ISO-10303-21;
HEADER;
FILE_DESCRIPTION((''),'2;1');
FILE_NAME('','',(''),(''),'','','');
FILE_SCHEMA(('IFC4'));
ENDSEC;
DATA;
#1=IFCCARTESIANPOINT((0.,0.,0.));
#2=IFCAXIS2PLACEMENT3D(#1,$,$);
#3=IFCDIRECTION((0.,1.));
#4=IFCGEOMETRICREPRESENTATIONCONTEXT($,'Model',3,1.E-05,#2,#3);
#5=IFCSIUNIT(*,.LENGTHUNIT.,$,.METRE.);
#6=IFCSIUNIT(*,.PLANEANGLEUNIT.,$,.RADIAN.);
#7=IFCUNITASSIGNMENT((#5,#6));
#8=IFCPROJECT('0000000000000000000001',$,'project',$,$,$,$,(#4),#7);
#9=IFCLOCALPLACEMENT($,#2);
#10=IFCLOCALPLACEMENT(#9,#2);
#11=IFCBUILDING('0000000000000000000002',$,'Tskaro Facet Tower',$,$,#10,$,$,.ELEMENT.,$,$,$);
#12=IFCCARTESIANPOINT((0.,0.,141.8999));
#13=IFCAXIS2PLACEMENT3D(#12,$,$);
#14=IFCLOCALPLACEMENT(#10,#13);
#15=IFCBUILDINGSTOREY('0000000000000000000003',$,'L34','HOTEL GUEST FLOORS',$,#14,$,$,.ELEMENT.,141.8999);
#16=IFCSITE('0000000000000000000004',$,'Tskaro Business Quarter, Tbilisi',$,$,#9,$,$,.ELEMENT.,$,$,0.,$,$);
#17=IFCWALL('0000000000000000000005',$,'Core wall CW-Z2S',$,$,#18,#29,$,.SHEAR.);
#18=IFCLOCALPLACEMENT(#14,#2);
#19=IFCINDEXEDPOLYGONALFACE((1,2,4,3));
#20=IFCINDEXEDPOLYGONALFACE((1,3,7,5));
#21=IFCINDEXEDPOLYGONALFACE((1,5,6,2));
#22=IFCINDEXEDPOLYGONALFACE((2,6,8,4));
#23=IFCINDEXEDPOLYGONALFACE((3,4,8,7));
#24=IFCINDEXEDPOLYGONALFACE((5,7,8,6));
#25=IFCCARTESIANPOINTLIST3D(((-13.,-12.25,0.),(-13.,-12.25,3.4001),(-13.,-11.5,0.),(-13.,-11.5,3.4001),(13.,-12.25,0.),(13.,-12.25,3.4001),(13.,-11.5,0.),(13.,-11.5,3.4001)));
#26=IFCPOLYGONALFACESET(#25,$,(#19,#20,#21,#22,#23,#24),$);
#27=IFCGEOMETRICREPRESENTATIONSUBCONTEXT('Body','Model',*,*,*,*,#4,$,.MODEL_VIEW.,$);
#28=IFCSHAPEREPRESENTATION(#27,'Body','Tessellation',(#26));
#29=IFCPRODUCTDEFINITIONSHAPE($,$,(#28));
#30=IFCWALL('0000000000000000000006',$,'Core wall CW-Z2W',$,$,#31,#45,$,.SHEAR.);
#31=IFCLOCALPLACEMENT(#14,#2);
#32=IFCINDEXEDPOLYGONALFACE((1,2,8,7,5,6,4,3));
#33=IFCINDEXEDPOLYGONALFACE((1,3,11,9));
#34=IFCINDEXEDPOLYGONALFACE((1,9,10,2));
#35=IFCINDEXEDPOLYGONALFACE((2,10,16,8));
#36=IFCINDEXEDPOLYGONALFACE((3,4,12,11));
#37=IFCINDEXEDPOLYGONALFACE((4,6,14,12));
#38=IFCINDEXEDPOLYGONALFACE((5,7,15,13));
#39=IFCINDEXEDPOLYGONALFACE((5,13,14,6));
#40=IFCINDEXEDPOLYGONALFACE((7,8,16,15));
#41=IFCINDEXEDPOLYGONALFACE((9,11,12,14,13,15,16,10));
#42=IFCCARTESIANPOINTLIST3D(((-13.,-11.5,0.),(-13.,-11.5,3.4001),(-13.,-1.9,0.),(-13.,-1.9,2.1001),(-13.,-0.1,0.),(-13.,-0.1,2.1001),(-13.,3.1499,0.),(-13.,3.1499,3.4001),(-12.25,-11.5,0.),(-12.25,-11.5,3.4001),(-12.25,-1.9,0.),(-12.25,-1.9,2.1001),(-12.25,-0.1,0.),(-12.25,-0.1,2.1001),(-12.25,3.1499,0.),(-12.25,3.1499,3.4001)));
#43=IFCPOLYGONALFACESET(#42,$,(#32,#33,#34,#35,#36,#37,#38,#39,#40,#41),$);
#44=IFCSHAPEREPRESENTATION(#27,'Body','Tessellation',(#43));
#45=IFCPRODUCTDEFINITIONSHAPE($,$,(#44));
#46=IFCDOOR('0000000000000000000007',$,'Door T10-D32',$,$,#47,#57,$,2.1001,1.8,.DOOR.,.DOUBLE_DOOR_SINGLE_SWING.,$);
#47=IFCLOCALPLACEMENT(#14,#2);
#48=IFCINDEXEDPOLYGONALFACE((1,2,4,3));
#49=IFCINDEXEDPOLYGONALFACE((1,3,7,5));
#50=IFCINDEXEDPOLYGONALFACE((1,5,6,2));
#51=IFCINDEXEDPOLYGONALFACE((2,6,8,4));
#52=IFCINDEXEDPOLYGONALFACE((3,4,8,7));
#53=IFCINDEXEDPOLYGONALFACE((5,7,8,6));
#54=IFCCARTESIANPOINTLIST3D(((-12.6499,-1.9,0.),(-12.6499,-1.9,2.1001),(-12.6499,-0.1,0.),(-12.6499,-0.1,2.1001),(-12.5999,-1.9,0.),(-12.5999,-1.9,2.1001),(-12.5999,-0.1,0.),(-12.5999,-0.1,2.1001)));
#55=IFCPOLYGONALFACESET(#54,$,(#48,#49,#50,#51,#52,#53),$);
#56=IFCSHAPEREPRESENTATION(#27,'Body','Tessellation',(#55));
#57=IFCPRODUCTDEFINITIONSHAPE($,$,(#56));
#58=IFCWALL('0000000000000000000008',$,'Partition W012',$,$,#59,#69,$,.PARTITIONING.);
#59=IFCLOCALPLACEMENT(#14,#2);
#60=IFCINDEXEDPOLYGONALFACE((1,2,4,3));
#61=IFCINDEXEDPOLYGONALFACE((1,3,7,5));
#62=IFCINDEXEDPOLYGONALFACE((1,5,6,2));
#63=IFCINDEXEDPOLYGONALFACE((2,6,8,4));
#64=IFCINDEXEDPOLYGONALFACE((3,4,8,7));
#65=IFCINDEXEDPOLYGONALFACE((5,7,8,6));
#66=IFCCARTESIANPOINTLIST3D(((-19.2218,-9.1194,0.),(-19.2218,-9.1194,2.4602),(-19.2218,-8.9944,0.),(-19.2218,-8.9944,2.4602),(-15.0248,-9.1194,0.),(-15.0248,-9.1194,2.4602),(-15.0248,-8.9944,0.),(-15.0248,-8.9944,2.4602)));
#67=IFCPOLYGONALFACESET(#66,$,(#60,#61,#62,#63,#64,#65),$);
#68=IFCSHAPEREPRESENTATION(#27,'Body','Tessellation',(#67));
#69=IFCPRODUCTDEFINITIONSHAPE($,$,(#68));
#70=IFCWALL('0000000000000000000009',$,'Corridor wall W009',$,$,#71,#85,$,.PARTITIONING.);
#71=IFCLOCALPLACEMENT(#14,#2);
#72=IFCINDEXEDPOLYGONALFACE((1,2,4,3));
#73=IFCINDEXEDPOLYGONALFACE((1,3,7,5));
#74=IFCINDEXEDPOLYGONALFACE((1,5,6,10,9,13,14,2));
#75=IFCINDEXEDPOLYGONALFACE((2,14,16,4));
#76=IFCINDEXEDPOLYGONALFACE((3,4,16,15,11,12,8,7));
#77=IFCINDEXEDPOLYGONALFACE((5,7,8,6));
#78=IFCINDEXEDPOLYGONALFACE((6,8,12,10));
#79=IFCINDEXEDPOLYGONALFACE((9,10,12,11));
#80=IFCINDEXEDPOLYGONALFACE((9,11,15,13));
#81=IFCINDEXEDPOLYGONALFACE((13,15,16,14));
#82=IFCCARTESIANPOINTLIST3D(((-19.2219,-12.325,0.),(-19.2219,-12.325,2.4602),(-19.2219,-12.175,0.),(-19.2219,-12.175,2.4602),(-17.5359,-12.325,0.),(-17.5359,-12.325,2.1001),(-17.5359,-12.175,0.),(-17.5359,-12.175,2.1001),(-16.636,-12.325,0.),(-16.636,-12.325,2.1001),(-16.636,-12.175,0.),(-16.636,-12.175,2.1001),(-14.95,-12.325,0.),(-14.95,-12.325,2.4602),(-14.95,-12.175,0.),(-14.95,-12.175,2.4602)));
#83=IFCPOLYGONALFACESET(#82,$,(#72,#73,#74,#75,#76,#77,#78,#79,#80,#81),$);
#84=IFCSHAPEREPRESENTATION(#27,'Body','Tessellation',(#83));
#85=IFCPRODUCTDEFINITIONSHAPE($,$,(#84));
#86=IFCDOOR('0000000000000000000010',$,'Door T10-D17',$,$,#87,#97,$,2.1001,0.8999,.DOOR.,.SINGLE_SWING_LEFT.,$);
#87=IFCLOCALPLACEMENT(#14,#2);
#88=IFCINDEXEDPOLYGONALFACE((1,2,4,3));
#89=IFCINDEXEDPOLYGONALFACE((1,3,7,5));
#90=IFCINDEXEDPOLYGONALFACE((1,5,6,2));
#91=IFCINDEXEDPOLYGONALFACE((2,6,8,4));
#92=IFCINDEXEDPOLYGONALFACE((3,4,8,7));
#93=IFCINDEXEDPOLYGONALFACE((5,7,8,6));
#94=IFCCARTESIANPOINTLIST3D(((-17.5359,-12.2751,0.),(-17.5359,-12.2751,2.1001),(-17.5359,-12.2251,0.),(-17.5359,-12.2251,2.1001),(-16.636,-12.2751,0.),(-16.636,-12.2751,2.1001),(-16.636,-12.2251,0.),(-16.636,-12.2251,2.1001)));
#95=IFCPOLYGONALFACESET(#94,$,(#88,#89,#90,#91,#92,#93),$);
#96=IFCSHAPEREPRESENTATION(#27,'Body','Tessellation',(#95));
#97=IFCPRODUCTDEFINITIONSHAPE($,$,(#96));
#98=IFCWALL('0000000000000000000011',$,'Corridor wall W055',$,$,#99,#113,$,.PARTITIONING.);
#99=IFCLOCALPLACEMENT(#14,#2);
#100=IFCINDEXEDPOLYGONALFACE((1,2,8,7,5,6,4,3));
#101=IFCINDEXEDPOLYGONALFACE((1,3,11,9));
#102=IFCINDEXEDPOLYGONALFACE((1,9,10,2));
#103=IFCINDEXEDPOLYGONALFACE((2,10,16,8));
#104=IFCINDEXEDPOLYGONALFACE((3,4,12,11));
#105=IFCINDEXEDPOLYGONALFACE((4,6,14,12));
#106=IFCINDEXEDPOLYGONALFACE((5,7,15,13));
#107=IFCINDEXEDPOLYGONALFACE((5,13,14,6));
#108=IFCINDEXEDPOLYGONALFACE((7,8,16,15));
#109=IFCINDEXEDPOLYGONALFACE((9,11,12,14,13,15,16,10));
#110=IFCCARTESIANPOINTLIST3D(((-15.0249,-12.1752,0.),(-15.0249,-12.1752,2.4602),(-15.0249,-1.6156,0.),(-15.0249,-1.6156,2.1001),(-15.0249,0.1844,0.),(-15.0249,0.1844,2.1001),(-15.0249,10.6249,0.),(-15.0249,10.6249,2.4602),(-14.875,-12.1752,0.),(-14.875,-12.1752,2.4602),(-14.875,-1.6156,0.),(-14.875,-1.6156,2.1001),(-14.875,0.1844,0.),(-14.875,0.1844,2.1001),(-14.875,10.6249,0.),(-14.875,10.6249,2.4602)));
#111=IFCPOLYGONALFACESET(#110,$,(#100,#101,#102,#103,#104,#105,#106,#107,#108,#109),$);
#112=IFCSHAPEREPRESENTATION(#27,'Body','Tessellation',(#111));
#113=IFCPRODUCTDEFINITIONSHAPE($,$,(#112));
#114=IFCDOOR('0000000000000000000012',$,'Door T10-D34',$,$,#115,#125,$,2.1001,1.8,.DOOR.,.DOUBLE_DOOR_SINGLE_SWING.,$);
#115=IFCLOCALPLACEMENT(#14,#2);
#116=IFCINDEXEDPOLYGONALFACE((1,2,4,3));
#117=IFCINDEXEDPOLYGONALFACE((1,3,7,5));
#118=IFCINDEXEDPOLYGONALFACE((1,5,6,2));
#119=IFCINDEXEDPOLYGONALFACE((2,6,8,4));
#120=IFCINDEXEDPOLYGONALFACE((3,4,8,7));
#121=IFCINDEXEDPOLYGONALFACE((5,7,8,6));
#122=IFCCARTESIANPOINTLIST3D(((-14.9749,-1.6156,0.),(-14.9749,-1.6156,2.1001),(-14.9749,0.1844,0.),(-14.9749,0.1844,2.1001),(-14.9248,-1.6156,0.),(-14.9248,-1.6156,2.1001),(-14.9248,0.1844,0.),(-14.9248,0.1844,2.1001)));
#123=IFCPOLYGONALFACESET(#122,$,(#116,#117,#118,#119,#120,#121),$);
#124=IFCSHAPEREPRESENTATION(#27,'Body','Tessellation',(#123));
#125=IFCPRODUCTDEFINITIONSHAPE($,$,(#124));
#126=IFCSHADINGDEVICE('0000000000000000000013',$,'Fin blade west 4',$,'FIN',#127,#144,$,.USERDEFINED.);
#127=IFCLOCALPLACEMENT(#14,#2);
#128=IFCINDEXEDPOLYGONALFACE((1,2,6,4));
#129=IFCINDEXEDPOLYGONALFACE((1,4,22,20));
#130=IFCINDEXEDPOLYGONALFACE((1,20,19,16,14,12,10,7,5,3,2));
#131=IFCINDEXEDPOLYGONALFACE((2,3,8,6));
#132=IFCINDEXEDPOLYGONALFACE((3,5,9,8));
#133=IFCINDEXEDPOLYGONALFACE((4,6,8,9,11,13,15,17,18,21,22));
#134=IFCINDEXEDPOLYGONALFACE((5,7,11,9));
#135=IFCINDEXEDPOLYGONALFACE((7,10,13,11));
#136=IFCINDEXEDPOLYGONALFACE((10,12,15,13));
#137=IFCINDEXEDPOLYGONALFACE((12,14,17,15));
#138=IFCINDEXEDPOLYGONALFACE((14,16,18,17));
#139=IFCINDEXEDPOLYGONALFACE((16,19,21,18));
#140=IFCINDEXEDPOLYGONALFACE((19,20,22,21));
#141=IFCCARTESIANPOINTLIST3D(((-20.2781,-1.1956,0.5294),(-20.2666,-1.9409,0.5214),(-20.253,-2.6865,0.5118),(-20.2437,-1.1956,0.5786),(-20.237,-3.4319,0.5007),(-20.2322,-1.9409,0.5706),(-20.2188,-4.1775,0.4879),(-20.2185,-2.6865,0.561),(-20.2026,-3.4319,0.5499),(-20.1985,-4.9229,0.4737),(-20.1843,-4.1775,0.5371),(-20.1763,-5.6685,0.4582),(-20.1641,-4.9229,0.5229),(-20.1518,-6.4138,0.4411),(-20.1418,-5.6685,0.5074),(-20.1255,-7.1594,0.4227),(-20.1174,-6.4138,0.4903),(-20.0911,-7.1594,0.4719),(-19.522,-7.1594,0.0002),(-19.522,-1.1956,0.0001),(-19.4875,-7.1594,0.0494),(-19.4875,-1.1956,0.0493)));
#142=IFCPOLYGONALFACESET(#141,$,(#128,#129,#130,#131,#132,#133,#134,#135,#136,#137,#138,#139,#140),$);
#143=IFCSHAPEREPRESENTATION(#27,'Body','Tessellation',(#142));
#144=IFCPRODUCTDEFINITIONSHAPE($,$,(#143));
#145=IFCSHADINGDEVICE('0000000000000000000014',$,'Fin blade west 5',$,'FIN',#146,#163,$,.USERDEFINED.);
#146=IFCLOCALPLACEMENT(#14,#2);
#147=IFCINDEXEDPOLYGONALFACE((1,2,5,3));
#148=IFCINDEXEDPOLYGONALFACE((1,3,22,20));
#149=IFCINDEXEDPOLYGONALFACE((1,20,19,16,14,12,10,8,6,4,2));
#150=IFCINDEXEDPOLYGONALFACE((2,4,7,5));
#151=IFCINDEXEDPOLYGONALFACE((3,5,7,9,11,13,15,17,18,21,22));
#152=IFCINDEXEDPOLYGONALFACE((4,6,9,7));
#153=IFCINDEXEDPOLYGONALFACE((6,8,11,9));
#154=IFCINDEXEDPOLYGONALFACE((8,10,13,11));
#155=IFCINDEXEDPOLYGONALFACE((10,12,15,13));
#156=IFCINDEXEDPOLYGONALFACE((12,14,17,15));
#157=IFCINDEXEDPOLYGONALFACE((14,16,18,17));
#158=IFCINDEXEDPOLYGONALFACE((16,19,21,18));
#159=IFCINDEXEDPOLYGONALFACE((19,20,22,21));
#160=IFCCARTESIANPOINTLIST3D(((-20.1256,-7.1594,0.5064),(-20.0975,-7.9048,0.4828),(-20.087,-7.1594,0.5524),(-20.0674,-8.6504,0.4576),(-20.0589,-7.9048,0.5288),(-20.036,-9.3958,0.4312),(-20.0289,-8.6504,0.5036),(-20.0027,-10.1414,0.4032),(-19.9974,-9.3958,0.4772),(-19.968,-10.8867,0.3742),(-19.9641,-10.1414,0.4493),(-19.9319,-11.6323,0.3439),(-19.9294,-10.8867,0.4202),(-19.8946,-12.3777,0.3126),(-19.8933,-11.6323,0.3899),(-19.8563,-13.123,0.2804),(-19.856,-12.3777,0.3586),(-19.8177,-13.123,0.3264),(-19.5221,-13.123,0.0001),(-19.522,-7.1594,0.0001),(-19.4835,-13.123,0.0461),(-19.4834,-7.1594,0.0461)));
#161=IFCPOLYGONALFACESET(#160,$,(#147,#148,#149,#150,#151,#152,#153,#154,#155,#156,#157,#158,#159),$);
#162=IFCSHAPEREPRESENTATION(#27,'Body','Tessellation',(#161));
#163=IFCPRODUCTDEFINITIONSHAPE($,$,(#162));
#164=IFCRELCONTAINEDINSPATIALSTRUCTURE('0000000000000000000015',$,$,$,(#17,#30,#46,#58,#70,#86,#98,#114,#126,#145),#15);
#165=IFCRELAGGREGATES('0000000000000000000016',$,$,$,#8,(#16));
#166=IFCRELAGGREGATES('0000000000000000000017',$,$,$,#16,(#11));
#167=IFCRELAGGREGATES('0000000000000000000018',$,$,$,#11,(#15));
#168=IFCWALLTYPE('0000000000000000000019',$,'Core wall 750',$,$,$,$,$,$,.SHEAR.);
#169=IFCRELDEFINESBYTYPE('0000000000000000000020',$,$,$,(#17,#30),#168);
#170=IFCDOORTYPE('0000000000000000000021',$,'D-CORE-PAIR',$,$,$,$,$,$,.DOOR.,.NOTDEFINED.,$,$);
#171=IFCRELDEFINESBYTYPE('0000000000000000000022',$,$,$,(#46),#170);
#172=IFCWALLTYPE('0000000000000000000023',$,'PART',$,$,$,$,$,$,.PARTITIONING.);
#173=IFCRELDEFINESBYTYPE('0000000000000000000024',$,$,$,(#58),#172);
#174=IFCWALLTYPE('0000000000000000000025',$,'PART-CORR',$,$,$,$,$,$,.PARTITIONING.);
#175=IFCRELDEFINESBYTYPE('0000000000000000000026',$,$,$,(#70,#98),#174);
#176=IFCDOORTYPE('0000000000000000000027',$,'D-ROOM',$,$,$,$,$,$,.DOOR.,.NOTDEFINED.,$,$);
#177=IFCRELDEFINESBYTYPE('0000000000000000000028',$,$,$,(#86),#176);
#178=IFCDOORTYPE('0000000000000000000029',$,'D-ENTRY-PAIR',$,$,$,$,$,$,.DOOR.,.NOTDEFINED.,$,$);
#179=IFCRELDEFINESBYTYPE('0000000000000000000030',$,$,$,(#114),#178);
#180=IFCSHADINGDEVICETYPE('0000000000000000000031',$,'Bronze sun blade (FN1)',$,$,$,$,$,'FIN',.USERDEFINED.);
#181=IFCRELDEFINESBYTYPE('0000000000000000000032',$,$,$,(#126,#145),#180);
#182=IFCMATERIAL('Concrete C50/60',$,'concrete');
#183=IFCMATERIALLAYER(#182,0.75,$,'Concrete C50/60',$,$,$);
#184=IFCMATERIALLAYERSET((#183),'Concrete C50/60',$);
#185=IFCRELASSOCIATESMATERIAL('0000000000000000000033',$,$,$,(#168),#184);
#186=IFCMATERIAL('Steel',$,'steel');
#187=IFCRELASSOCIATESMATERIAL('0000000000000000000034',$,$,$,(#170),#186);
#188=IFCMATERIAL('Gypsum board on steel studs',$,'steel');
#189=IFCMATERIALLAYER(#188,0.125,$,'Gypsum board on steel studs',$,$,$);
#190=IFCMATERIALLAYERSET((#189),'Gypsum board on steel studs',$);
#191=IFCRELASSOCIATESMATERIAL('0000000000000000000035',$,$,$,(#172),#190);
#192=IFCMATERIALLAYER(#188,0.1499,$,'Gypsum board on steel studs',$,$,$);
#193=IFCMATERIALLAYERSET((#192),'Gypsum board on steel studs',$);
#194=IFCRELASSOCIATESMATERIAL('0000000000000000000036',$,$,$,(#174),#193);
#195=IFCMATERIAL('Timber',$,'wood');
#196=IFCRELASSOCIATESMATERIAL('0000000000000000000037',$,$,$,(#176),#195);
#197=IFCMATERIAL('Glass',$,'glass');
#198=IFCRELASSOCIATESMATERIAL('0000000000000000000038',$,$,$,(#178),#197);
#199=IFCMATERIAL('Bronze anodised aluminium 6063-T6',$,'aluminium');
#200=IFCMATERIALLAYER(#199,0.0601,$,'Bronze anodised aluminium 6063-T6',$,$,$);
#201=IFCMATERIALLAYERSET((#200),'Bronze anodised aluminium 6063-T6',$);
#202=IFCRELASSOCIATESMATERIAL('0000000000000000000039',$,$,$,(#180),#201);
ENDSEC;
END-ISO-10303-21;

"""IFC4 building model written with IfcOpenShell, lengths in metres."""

from ifc_helpers import new_model, si_unit, direction, frame, frame_2d, origin, place, context, subcontext, project, spatial, polyline, rectangle, outline, extrude, material, layer, layer_set, type_object, element, fill, save


model = new_model("IFC4")

# Units and contexts
model_context = context("Model", 3, precision=1e-05, world=origin(), true_north=direction((0.0, 1.0)))
body_context = subcontext(model_context, "Body", "Model", "MODEL_VIEW")
ifc_project = project(units=[si_unit("LENGTHUNIT", "METRE"), si_unit("PLANEANGLEUNIT", "RADIAN")], contexts=[model_context])

# Site, building, storey
site_placement = place(None, origin())
site = spatial("IfcSite", under=ifc_project, at=site_placement, Name="Tskaro Business Quarter, Tbilisi", CompositionType="ELEMENT", RefElevation=0.0)
building_placement = place(site_placement, origin())
building = spatial("IfcBuilding", under=site, at=building_placement, Name="Tskaro Facet Tower", CompositionType="ELEMENT")
storey_placement = place(building_placement, frame((0.0, 0.0, 141.8999)))
storey = spatial("IfcBuildingStorey", under=building, at=storey_placement, Name="L34", Description="HOTEL GUEST FLOORS", CompositionType="ELEMENT", Elevation=141.8999)

# Shared definitions
ifc_material_1 = material(Name="Bronze anodised aluminium 6063-T6", Category="aluminium")

# Wall
ifc_material_2 = material(Name="Concrete C50/60", Category="concrete")
ifc_layer_1 = layer(ifc_material_2, 0.75, Name="Concrete C50/60")
ifc_layer_set_1 = layer_set([ifc_layer_1], Name="Concrete C50/60")
wall_type_1 = type_object("IfcWallType", Name="Core wall 750", PredefinedType="SHEAR", material=ifc_layer_set_1)
wall_1_placement = place(storey_placement, frame((-13.0, -11.875, 0.0), z_axis=(0.0, 0.0, 1.0), x_axis=(1.0, 0.0, 0.0)))
element("IfcWall", 1, at=wall_1_placement, inside=storey, type_object=wall_type_1, Name="Core wall CW-Z2S", PredefinedType="SHEAR", context=body_context, shape_type="SweptSolid", body=[
    extrude(rectangle(XDim=26.0, YDim=0.75, at=frame_2d((13.0, 0.0))), origin(), (0.0, 0.0, 1.0), 3.4001),
])

# Wall, opening, door
wall_2_placement = place(storey_placement, frame((-12.625, -11.5, 0.0), z_axis=(0.0, 0.0, 1.0), x_axis=(0.0, 1.0, 0.0)))
wall_2 = element("IfcWall", 2, at=wall_2_placement, inside=storey, type_object=wall_type_1, Name="Core wall CW-Z2W", PredefinedType="SHEAR", context=body_context, shape_type="SweptSolid", body=[
    extrude(rectangle(XDim=14.6499, YDim=0.75, at=frame_2d((7.325, 0.0))), origin(), (0.0, 0.0, 1.0), 3.4001),
])
opening_1_placement = place(wall_2_placement, frame((9.6001, 0.0, 0.0)))
opening_1 = element("IfcOpeningElement", 3, at=opening_1_placement, cuts=wall_2, PredefinedType="OPENING", context=body_context, shape_type="SweptSolid", body=[
    extrude(rectangle(XDim=1.8, YDim=2.1001, at=frame_2d((0.8999, 1.05))), frame((0.0, 0.385, 0.0), z_axis=(0.0, -1.0, 0.0), x_axis=(1.0, 0.0, 0.0)), (0.0, 0.0, 1.0), 0.77),
])
ifc_material_3 = material(Name="Steel", Category="steel")
door_type_1 = type_object("IfcDoorType", Name="D-CORE-PAIR", OperationType="NOTDEFINED", PredefinedType="DOOR", material=ifc_material_3)
door_1_placement = place(opening_1_placement, origin())
door_1 = element("IfcDoor", 4, at=door_1_placement, inside=storey, type_object=door_type_1, Name="Door T10-D32", OperationType="DOUBLE_DOOR_SINGLE_SWING", OverallHeight=2.1001, OverallWidth=1.8, PredefinedType="DOOR", context=body_context, shape_type="SweptSolid", body=[
    extrude(rectangle(XDim=1.8, YDim=2.1001, at=frame_2d((0.8999, 1.05))), frame((0.0, 0.0249, 0.0), z_axis=(0.0, -1.0, 0.0), x_axis=(1.0, 0.0, 0.0)), (0.0, 0.0, 1.0), 0.05),
])
fill(opening_1, door_1)

# Wall
ifc_material_4 = material(Name="Gypsum board on steel studs", Category="steel")
ifc_layer_2 = layer(ifc_material_4, 0.125, Name="Gypsum board on steel studs")
ifc_layer_set_2 = layer_set([ifc_layer_2], Name="Gypsum board on steel studs")
wall_type_2 = type_object("IfcWallType", Name="PART", PredefinedType="PARTITIONING", material=ifc_layer_set_2)
wall_3_placement = place(storey_placement, frame((-19.2219, -9.0569, 0.0), z_axis=(0.0, 0.0, 1.0), x_axis=(1.0, 0.0, 0.0)))
element("IfcWall", 5, at=wall_3_placement, inside=storey, type_object=wall_type_2, Name="Partition W012", PredefinedType="PARTITIONING", context=body_context, shape_type="SweptSolid", body=[
    extrude(rectangle(XDim=4.197, YDim=0.125, at=frame_2d((2.0986, 0.0))), origin(), (0.0, 0.0, 1.0), 2.4602),
])

# Walls, openings, doors
ifc_layer_3 = layer(ifc_material_4, 0.1499, Name="Gypsum board on steel studs")
ifc_layer_set_3 = layer_set([ifc_layer_3], Name="Gypsum board on steel studs")
wall_type_3 = type_object("IfcWallType", Name="PART-CORR", PredefinedType="PARTITIONING", material=ifc_layer_set_3)
wall_4_placement = place(storey_placement, frame((-19.2219, -12.25, 0.0), z_axis=(0.0, 0.0, 1.0), x_axis=(1.0, 0.0, 0.0)))
wall_4 = element("IfcWall", 6, at=wall_4_placement, inside=storey, type_object=wall_type_3, Name="Corridor wall W009", PredefinedType="PARTITIONING", context=body_context, shape_type="SweptSolid", body=[
    extrude(rectangle(XDim=4.272, YDim=0.1499, at=frame_2d((2.136, 0.0))), origin(), (0.0, 0.0, 1.0), 2.4602),
])
opening_2_placement = place(wall_4_placement, frame((1.686, 0.0, 0.0)))
opening_2 = element("IfcOpeningElement", 7, at=opening_2_placement, cuts=wall_4, PredefinedType="OPENING", context=body_context, shape_type="SweptSolid", body=[
    extrude(rectangle(XDim=0.8999, YDim=2.1001, at=frame_2d((0.45, 1.05))), frame((0.0, 0.085, 0.0), z_axis=(0.0, -1.0, 0.0), x_axis=(1.0, 0.0, 0.0)), (0.0, 0.0, 1.0), 0.1699),
])
ifc_material_5 = material(Name="Timber", Category="wood")
door_type_2 = type_object("IfcDoorType", Name="D-ROOM", OperationType="NOTDEFINED", PredefinedType="DOOR", material=ifc_material_5)
door_2_placement = place(opening_2_placement, origin())
door_2 = element("IfcDoor", 8, at=door_2_placement, inside=storey, type_object=door_type_2, Name="Door T10-D17", OperationType="SINGLE_SWING_LEFT", OverallHeight=2.1001, OverallWidth=0.8999, PredefinedType="DOOR", context=body_context, shape_type="SweptSolid", body=[
    extrude(rectangle(XDim=0.8999, YDim=2.1001, at=frame_2d((0.45, 1.05))), frame((0.0, 0.0249, 0.0), z_axis=(0.0, -1.0, 0.0), x_axis=(1.0, 0.0, 0.0)), (0.0, 0.0, 1.0), 0.05),
])
fill(opening_2, door_2)
wall_5_placement = place(storey_placement, frame((-14.95, -12.175, 0.0), z_axis=(0.0, 0.0, 1.0), x_axis=(0.0, 1.0, 0.0)))
wall_5 = element("IfcWall", 9, at=wall_5_placement, inside=storey, type_object=wall_type_3, Name="Corridor wall W055", PredefinedType="PARTITIONING", context=body_context, shape_type="SweptSolid", body=[
    extrude(rectangle(XDim=22.8, YDim=0.1499, at=frame_2d((11.3999, 0.0))), origin(), (0.0, 0.0, 1.0), 2.4602),
])
opening_3_placement = place(wall_5_placement, frame((10.5596, 0.0, 0.0)))
opening_3 = element("IfcOpeningElement", 10, at=opening_3_placement, cuts=wall_5, PredefinedType="OPENING", context=body_context, shape_type="SweptSolid", body=[
    extrude(rectangle(XDim=1.8, YDim=2.1001, at=frame_2d((0.8999, 1.05))), frame((0.0, 0.085, 0.0), z_axis=(0.0, -1.0, 0.0), x_axis=(1.0, 0.0, 0.0)), (0.0, 0.0, 1.0), 0.1699),
])
ifc_material_6 = material(Name="Glass", Category="glass")
door_type_3 = type_object("IfcDoorType", Name="D-ENTRY-PAIR", OperationType="NOTDEFINED", PredefinedType="DOOR", material=ifc_material_6)
door_3_placement = place(opening_3_placement, origin())
door_3 = element("IfcDoor", 11, at=door_3_placement, inside=storey, type_object=door_type_3, Name="Door T10-D34", OperationType="DOUBLE_DOOR_SINGLE_SWING", OverallHeight=2.1001, OverallWidth=1.8, PredefinedType="DOOR", context=body_context, shape_type="SweptSolid", body=[
    extrude(rectangle(XDim=1.8, YDim=2.1001, at=frame_2d((0.8999, 1.05))), frame((0.0, 0.0249, 0.0), z_axis=(0.0, -1.0, 0.0), x_axis=(1.0, 0.0, 0.0)), (0.0, 0.0, 1.0), 0.05),
])
fill(opening_3, door_3)

# Shading devices
ifc_layer_4 = layer(ifc_material_1, 0.0601, Name="Bronze anodised aluminium 6063-T6")
ifc_layer_set_4 = layer_set([ifc_layer_4], Name="Bronze anodised aluminium 6063-T6")
shading_device_type = type_object("IfcShadingDeviceType", Name="Bronze sun blade (FN1)", ElementType="FIN", PredefinedType="USERDEFINED", material=ifc_layer_set_4)
shading_device_1_placement = place(storey_placement, frame((-19.4875, -1.1956, 0.0493), z_axis=(0.573481, 0.000008, 0.819219), x_axis=(0.000004, -1.0, 0.000006)))
element("IfcShadingDevice", 12, at=shading_device_1_placement, inside=storey, type_object=shading_device_type, Name="Fin blade west 4", ObjectType="FIN", PredefinedType="USERDEFINED", context=body_context, shape_type="SweptSolid", body=[
    extrude(outline(polyline([(0.0, 0.0), (5.9639, 0.0), (5.9639, -0.7368), (5.2183, -0.7689), (4.4729, -0.7987), (3.7273, -0.8258), (2.9819, -0.8506), (2.2363, -0.8728), (1.491, -0.8923), (0.7454, -0.9089), (0.0, -0.923), (0.0, 0.0)])), origin(), (0.0, 0.0, -1.0), 0.0601),
])
shading_device_2_placement = place(storey_placement, frame((-19.4834, -7.1594, 0.0461), z_axis=(0.642625, -0.000016, 0.766181), x_axis=(-0.00001, -1.0, -0.000012)))
element("IfcShadingDevice", 13, at=shading_device_2_placement, inside=storey, type_object=shading_device_type, Name="Fin blade west 5", ObjectType="FIN", PredefinedType="USERDEFINED", context=body_context, shape_type="SweptSolid", body=[
    extrude(outline(polyline([(0.0, 0.0), (5.9636, 0.0), (5.9636, -0.4362), (5.2183, -0.4863), (4.4729, -0.535), (3.7273, -0.5821), (2.9819, -0.6273), (2.2363, -0.6708), (1.491, -0.7119), (0.7454, -0.7511), (0.0, -0.7878), (0.0, 0.0)])), origin(), (0.0, 0.0, -1.0), 0.0601),
])

save(model, "model.ifc")
